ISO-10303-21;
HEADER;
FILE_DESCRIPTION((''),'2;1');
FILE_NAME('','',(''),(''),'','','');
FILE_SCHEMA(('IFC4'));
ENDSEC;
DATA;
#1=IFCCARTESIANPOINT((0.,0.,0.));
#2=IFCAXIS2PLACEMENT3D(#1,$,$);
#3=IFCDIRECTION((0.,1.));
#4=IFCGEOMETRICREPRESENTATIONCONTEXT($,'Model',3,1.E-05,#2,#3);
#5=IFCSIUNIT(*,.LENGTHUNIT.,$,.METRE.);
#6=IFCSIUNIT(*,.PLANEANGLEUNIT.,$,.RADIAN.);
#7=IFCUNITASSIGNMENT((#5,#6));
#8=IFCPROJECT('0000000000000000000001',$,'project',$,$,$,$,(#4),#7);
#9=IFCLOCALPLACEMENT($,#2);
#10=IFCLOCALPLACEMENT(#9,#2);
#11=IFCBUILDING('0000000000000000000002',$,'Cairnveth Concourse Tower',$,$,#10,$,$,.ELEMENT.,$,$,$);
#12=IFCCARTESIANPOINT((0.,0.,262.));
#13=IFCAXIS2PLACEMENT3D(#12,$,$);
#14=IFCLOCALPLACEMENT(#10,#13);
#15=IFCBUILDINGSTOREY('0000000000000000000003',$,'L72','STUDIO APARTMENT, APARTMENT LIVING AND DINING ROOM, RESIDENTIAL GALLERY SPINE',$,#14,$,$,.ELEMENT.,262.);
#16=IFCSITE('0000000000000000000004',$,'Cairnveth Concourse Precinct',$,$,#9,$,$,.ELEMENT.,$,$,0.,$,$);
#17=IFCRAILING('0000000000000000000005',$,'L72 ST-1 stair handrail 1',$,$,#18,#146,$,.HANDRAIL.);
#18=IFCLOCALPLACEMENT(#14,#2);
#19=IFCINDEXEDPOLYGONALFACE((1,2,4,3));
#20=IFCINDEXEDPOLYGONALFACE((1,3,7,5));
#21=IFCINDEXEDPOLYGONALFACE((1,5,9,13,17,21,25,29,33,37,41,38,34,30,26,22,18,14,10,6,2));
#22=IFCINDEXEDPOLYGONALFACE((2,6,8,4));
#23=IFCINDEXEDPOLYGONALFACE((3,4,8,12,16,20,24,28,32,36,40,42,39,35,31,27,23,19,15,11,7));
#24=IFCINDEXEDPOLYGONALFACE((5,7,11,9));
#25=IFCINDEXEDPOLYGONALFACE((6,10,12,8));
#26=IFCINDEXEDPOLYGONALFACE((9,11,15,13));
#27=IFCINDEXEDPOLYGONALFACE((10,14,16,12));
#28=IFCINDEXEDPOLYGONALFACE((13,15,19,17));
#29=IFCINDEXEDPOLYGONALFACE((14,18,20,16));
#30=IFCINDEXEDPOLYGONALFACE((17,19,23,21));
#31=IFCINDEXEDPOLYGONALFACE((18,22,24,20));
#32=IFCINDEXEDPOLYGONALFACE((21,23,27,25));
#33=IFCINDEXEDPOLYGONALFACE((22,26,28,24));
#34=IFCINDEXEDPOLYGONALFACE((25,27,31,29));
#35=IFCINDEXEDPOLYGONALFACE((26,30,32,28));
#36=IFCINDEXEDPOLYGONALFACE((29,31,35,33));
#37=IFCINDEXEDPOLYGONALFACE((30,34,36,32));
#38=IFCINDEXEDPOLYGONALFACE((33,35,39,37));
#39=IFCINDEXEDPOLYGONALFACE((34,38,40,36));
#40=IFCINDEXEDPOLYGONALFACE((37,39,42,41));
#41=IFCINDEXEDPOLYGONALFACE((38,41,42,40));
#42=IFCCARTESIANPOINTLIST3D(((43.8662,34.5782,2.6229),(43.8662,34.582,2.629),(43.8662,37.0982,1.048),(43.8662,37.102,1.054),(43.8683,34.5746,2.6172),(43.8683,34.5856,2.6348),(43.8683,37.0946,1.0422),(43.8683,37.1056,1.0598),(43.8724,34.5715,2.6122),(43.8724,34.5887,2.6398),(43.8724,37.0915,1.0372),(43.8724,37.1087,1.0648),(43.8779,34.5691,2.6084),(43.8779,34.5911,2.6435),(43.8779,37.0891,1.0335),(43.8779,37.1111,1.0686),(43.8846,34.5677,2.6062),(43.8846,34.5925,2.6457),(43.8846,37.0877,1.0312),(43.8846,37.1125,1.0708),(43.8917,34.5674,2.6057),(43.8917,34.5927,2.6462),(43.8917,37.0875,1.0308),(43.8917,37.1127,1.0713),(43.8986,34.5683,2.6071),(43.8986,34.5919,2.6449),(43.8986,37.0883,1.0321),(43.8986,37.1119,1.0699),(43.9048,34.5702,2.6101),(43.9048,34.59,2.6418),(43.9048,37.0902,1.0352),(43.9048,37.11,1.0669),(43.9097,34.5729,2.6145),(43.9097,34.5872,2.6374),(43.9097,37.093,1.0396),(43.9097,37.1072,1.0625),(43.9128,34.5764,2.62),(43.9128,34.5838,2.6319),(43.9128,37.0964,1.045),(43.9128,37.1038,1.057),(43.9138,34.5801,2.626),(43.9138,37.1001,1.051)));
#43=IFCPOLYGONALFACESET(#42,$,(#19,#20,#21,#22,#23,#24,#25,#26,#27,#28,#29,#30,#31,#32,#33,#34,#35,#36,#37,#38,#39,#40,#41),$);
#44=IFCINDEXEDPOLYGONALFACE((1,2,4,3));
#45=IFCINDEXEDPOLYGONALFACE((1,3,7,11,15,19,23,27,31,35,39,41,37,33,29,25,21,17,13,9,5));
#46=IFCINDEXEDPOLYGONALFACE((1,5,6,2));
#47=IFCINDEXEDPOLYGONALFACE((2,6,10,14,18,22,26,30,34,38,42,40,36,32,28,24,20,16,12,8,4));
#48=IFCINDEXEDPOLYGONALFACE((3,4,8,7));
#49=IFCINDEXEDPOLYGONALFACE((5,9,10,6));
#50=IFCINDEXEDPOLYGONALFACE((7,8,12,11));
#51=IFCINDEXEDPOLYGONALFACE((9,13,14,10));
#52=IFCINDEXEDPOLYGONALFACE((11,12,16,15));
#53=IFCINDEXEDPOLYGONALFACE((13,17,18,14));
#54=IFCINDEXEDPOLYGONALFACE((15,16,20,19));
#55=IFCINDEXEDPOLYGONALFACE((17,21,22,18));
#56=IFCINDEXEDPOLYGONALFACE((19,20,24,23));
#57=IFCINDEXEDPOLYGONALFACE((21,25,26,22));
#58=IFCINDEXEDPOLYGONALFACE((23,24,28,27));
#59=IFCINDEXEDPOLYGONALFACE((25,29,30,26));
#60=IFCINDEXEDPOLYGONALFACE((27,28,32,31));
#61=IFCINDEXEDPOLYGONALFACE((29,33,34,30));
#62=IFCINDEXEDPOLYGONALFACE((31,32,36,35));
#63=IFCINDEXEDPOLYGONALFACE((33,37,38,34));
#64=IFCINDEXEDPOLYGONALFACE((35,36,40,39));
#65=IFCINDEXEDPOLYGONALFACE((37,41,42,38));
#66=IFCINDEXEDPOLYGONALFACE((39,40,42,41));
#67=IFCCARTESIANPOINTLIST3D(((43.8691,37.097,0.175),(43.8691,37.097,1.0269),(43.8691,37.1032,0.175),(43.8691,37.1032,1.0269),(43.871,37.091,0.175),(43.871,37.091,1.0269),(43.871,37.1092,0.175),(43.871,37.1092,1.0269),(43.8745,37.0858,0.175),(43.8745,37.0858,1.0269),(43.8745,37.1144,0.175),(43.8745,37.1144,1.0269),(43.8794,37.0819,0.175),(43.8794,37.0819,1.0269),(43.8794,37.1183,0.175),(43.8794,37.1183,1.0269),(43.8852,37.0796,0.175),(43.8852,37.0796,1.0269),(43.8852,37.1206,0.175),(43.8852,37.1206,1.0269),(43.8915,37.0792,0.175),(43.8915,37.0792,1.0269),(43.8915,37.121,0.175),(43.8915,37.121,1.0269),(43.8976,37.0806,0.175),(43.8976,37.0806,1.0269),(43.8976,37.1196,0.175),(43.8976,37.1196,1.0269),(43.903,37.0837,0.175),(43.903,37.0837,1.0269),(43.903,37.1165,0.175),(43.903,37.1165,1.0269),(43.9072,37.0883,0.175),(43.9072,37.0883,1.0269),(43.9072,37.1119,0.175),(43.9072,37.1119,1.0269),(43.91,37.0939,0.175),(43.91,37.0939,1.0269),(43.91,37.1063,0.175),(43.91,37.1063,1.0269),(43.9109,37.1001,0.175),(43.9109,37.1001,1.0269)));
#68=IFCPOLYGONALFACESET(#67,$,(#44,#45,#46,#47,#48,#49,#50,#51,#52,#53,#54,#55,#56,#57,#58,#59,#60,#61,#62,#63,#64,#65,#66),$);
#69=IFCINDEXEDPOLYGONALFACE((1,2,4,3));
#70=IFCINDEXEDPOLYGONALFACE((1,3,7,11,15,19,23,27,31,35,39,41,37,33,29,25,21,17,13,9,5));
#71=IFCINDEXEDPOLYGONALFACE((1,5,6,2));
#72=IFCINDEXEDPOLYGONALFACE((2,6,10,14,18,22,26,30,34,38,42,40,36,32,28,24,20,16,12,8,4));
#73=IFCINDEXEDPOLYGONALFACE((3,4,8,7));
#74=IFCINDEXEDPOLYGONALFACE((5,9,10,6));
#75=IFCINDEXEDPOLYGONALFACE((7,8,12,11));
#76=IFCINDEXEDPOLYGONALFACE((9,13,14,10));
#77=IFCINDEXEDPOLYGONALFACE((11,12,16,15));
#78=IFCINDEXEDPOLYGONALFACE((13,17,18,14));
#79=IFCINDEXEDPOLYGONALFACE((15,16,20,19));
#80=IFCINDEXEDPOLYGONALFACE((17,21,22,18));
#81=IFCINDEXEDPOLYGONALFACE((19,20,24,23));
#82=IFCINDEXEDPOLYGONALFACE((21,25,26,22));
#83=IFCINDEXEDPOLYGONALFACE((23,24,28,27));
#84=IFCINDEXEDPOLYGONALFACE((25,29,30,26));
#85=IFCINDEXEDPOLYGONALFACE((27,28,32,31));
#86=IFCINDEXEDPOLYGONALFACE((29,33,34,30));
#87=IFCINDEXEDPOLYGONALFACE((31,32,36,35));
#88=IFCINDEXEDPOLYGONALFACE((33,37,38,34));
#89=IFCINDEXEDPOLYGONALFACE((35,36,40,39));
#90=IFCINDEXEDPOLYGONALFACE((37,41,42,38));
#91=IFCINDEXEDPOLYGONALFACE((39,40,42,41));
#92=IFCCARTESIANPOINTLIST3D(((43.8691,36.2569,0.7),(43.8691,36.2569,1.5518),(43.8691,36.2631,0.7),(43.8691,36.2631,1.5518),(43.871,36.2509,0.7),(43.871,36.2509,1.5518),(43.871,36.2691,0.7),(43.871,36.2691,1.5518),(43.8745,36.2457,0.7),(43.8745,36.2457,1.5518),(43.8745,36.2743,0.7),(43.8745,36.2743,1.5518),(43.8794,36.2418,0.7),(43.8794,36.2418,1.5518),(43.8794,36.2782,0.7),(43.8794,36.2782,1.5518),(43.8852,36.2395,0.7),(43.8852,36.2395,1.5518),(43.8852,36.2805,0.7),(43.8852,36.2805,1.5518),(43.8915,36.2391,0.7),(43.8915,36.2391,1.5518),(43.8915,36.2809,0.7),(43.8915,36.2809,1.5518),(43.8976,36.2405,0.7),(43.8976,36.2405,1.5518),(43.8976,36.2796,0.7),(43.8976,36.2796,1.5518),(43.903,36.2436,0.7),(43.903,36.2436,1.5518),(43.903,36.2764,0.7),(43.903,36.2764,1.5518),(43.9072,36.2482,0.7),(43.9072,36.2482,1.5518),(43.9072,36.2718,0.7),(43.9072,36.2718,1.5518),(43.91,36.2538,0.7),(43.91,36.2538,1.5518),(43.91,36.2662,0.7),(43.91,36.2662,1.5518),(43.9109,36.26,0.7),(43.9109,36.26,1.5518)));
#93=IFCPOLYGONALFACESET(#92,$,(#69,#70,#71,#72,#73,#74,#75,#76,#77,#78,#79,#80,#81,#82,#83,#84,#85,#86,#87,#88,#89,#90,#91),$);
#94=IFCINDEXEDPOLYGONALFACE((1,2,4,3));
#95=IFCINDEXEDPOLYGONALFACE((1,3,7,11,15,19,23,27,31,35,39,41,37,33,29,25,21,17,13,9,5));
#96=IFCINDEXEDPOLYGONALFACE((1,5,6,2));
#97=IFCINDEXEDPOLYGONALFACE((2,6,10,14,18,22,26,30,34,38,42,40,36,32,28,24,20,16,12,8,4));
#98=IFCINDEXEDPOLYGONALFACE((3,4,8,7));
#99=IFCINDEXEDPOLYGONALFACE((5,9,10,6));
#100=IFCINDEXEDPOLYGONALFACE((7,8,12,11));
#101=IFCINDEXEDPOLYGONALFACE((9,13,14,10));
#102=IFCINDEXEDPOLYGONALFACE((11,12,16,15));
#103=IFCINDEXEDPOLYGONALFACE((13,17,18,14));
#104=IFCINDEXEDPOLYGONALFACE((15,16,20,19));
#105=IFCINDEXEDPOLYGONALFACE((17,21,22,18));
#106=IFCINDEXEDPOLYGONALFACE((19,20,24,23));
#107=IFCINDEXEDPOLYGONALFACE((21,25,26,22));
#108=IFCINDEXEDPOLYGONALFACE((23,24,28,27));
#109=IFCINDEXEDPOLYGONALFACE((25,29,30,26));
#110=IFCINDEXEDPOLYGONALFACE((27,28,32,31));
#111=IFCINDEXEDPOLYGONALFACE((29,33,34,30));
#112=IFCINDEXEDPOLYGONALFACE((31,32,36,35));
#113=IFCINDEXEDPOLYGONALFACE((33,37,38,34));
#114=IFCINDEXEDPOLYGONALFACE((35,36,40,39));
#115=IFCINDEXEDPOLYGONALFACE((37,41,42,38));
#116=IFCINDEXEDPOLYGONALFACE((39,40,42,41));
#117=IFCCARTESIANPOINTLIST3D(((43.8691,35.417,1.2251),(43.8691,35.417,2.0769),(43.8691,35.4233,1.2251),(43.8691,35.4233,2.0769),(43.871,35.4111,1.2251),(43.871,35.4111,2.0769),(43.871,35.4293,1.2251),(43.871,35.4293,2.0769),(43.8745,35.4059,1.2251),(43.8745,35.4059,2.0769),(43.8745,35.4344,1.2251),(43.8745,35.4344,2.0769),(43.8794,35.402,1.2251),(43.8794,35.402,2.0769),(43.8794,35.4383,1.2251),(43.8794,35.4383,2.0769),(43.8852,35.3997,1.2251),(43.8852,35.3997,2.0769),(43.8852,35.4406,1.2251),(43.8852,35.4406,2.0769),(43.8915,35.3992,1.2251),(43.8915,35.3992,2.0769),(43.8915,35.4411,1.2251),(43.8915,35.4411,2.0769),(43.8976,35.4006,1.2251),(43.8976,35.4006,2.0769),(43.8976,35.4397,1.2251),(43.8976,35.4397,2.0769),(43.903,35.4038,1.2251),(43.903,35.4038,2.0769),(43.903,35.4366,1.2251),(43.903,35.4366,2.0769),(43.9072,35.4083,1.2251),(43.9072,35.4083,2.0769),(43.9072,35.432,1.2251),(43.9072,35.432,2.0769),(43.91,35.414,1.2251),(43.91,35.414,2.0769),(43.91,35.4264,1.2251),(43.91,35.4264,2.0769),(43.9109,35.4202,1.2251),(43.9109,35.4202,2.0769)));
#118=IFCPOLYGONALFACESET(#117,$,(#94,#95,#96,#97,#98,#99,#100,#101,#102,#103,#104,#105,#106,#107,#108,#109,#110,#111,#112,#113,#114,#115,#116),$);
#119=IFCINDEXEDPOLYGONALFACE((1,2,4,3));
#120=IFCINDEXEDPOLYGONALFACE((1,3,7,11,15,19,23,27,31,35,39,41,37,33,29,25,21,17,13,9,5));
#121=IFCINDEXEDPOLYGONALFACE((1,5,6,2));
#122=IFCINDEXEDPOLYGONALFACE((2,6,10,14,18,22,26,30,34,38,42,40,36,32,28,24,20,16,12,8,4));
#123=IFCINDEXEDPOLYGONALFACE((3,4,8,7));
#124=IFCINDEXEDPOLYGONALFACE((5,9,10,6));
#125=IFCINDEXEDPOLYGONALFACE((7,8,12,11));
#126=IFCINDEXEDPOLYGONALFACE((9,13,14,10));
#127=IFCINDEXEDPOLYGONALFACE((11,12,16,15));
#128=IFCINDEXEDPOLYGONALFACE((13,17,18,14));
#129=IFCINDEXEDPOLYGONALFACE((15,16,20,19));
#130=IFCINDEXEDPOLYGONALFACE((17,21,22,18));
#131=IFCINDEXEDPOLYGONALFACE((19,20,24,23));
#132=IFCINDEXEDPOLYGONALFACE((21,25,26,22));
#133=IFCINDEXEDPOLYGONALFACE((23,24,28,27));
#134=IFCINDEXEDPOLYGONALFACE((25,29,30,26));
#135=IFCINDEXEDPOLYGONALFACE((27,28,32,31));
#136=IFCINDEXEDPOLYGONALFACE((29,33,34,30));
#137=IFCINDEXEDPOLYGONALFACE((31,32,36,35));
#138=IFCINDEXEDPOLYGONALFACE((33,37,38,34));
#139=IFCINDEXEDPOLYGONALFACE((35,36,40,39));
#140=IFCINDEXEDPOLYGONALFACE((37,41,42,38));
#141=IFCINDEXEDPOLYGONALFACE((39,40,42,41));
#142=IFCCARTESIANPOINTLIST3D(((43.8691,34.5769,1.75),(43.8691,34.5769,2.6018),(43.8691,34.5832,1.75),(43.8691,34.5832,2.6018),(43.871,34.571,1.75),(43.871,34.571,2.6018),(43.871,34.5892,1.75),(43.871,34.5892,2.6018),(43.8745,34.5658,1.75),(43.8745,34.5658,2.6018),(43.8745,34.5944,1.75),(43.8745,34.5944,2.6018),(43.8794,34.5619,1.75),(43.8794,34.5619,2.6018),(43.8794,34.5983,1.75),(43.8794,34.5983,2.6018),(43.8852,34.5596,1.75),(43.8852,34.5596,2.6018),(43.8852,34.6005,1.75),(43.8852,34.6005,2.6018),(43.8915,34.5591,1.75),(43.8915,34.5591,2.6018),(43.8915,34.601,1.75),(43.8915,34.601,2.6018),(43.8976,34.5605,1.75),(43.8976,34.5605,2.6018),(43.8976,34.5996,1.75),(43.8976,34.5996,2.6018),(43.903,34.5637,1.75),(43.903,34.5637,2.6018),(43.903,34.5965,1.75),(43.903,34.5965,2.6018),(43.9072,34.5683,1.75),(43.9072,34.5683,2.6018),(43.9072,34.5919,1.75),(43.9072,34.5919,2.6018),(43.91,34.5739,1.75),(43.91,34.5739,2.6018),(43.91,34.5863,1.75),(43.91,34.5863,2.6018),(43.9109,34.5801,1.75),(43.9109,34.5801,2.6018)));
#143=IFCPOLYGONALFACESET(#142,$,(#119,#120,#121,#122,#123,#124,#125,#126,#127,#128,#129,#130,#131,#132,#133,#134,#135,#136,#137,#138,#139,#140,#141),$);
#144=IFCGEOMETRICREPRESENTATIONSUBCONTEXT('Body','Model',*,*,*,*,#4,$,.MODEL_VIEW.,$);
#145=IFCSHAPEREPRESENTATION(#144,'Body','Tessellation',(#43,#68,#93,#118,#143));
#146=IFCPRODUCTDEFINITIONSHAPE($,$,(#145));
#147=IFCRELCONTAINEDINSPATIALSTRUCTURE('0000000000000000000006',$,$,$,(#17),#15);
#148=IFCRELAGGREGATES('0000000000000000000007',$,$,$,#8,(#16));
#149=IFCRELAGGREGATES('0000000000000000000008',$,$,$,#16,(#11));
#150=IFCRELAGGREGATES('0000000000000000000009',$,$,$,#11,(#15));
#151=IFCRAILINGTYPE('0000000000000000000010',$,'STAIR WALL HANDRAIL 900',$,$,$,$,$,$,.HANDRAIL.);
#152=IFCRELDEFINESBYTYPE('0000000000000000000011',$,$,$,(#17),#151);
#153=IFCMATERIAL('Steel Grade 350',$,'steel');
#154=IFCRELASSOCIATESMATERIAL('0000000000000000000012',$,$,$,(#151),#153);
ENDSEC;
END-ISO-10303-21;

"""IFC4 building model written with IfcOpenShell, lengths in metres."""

from ifc_helpers import new_model, si_unit, direction, frame, origin, origin_2d, place, context, subcontext, project, spatial, circle, extrude, material, type_object, element, save


model = new_model("IFC4")

# Units and contexts
model_context = context("Model", 3, precision=1e-05, world=origin(), true_north=direction((0.0, 1.0)))
body_context = subcontext(model_context, "Body", "Model", "MODEL_VIEW")
ifc_project = project(units=[si_unit("LENGTHUNIT", "METRE"), si_unit("PLANEANGLEUNIT", "RADIAN")], contexts=[model_context])

# Site, building, storey
site_placement = place(None, origin())
site = spatial("IfcSite", under=ifc_project, at=site_placement, Name="Cairnveth Concourse Precinct", CompositionType="ELEMENT", RefElevation=0.0)
building_placement = place(site_placement, origin())
building = spatial("IfcBuilding", under=site, at=building_placement, Name="Cairnveth Concourse Tower", CompositionType="ELEMENT")
storey_placement = place(building_placement, frame((0.0, 0.0, 262.0)))
storey = spatial("IfcBuildingStorey", under=building, at=storey_placement, Name="L72", Description="STUDIO APARTMENT, APARTMENT LIVING AND DINING ROOM, RESIDENTIAL GALLERY SPINE", CompositionType="ELEMENT", Elevation=262.0)

# Shared definitions
ifc_material_1 = material(Name="Steel Grade 350", Category="steel")

# Railing
railing_type_1 = type_object("IfcRailingType", Name="STAIR WALL HANDRAIL 900", PredefinedType="HANDRAIL", material=ifc_material_1)
railing_1_placement = place(storey_placement, frame((43.8899, 37.1001, 0.175)))
element("IfcRailing", 1, at=railing_1_placement, inside=storey, type_object=railing_type_1, Name="L72 ST-1 stair handrail 1", PredefinedType="HANDRAIL", context=body_context, shape_type="SweptSolid", body=[
    extrude(circle(Radius=0.0239, at=origin_2d()), frame((0.0, 0.0, 0.876), z_axis=(0.0, -0.848008, 0.529984), x_axis=(1.0, 0.0, 0.0)), (0.0, 0.0, 1.0), 2.9717),
    extrude(circle(Radius=0.021, at=origin_2d()), origin(), (0.0, 0.0, 1.0), 0.8518),
    extrude(circle(Radius=0.021, at=origin_2d()), frame((0.0, -0.8401, 0.5249)), (0.0, 0.0, 1.0), 0.8518),
    extrude(circle(Radius=0.021, at=origin_2d()), frame((0.0, -1.6799, 1.05)), (0.0, 0.0, 1.0), 0.8518),
    extrude(circle(Radius=0.021, at=origin_2d()), frame((0.0, -2.52, 1.575)), (0.0, 0.0, 1.0), 0.8518),
])

save(model, "model.ifc")
